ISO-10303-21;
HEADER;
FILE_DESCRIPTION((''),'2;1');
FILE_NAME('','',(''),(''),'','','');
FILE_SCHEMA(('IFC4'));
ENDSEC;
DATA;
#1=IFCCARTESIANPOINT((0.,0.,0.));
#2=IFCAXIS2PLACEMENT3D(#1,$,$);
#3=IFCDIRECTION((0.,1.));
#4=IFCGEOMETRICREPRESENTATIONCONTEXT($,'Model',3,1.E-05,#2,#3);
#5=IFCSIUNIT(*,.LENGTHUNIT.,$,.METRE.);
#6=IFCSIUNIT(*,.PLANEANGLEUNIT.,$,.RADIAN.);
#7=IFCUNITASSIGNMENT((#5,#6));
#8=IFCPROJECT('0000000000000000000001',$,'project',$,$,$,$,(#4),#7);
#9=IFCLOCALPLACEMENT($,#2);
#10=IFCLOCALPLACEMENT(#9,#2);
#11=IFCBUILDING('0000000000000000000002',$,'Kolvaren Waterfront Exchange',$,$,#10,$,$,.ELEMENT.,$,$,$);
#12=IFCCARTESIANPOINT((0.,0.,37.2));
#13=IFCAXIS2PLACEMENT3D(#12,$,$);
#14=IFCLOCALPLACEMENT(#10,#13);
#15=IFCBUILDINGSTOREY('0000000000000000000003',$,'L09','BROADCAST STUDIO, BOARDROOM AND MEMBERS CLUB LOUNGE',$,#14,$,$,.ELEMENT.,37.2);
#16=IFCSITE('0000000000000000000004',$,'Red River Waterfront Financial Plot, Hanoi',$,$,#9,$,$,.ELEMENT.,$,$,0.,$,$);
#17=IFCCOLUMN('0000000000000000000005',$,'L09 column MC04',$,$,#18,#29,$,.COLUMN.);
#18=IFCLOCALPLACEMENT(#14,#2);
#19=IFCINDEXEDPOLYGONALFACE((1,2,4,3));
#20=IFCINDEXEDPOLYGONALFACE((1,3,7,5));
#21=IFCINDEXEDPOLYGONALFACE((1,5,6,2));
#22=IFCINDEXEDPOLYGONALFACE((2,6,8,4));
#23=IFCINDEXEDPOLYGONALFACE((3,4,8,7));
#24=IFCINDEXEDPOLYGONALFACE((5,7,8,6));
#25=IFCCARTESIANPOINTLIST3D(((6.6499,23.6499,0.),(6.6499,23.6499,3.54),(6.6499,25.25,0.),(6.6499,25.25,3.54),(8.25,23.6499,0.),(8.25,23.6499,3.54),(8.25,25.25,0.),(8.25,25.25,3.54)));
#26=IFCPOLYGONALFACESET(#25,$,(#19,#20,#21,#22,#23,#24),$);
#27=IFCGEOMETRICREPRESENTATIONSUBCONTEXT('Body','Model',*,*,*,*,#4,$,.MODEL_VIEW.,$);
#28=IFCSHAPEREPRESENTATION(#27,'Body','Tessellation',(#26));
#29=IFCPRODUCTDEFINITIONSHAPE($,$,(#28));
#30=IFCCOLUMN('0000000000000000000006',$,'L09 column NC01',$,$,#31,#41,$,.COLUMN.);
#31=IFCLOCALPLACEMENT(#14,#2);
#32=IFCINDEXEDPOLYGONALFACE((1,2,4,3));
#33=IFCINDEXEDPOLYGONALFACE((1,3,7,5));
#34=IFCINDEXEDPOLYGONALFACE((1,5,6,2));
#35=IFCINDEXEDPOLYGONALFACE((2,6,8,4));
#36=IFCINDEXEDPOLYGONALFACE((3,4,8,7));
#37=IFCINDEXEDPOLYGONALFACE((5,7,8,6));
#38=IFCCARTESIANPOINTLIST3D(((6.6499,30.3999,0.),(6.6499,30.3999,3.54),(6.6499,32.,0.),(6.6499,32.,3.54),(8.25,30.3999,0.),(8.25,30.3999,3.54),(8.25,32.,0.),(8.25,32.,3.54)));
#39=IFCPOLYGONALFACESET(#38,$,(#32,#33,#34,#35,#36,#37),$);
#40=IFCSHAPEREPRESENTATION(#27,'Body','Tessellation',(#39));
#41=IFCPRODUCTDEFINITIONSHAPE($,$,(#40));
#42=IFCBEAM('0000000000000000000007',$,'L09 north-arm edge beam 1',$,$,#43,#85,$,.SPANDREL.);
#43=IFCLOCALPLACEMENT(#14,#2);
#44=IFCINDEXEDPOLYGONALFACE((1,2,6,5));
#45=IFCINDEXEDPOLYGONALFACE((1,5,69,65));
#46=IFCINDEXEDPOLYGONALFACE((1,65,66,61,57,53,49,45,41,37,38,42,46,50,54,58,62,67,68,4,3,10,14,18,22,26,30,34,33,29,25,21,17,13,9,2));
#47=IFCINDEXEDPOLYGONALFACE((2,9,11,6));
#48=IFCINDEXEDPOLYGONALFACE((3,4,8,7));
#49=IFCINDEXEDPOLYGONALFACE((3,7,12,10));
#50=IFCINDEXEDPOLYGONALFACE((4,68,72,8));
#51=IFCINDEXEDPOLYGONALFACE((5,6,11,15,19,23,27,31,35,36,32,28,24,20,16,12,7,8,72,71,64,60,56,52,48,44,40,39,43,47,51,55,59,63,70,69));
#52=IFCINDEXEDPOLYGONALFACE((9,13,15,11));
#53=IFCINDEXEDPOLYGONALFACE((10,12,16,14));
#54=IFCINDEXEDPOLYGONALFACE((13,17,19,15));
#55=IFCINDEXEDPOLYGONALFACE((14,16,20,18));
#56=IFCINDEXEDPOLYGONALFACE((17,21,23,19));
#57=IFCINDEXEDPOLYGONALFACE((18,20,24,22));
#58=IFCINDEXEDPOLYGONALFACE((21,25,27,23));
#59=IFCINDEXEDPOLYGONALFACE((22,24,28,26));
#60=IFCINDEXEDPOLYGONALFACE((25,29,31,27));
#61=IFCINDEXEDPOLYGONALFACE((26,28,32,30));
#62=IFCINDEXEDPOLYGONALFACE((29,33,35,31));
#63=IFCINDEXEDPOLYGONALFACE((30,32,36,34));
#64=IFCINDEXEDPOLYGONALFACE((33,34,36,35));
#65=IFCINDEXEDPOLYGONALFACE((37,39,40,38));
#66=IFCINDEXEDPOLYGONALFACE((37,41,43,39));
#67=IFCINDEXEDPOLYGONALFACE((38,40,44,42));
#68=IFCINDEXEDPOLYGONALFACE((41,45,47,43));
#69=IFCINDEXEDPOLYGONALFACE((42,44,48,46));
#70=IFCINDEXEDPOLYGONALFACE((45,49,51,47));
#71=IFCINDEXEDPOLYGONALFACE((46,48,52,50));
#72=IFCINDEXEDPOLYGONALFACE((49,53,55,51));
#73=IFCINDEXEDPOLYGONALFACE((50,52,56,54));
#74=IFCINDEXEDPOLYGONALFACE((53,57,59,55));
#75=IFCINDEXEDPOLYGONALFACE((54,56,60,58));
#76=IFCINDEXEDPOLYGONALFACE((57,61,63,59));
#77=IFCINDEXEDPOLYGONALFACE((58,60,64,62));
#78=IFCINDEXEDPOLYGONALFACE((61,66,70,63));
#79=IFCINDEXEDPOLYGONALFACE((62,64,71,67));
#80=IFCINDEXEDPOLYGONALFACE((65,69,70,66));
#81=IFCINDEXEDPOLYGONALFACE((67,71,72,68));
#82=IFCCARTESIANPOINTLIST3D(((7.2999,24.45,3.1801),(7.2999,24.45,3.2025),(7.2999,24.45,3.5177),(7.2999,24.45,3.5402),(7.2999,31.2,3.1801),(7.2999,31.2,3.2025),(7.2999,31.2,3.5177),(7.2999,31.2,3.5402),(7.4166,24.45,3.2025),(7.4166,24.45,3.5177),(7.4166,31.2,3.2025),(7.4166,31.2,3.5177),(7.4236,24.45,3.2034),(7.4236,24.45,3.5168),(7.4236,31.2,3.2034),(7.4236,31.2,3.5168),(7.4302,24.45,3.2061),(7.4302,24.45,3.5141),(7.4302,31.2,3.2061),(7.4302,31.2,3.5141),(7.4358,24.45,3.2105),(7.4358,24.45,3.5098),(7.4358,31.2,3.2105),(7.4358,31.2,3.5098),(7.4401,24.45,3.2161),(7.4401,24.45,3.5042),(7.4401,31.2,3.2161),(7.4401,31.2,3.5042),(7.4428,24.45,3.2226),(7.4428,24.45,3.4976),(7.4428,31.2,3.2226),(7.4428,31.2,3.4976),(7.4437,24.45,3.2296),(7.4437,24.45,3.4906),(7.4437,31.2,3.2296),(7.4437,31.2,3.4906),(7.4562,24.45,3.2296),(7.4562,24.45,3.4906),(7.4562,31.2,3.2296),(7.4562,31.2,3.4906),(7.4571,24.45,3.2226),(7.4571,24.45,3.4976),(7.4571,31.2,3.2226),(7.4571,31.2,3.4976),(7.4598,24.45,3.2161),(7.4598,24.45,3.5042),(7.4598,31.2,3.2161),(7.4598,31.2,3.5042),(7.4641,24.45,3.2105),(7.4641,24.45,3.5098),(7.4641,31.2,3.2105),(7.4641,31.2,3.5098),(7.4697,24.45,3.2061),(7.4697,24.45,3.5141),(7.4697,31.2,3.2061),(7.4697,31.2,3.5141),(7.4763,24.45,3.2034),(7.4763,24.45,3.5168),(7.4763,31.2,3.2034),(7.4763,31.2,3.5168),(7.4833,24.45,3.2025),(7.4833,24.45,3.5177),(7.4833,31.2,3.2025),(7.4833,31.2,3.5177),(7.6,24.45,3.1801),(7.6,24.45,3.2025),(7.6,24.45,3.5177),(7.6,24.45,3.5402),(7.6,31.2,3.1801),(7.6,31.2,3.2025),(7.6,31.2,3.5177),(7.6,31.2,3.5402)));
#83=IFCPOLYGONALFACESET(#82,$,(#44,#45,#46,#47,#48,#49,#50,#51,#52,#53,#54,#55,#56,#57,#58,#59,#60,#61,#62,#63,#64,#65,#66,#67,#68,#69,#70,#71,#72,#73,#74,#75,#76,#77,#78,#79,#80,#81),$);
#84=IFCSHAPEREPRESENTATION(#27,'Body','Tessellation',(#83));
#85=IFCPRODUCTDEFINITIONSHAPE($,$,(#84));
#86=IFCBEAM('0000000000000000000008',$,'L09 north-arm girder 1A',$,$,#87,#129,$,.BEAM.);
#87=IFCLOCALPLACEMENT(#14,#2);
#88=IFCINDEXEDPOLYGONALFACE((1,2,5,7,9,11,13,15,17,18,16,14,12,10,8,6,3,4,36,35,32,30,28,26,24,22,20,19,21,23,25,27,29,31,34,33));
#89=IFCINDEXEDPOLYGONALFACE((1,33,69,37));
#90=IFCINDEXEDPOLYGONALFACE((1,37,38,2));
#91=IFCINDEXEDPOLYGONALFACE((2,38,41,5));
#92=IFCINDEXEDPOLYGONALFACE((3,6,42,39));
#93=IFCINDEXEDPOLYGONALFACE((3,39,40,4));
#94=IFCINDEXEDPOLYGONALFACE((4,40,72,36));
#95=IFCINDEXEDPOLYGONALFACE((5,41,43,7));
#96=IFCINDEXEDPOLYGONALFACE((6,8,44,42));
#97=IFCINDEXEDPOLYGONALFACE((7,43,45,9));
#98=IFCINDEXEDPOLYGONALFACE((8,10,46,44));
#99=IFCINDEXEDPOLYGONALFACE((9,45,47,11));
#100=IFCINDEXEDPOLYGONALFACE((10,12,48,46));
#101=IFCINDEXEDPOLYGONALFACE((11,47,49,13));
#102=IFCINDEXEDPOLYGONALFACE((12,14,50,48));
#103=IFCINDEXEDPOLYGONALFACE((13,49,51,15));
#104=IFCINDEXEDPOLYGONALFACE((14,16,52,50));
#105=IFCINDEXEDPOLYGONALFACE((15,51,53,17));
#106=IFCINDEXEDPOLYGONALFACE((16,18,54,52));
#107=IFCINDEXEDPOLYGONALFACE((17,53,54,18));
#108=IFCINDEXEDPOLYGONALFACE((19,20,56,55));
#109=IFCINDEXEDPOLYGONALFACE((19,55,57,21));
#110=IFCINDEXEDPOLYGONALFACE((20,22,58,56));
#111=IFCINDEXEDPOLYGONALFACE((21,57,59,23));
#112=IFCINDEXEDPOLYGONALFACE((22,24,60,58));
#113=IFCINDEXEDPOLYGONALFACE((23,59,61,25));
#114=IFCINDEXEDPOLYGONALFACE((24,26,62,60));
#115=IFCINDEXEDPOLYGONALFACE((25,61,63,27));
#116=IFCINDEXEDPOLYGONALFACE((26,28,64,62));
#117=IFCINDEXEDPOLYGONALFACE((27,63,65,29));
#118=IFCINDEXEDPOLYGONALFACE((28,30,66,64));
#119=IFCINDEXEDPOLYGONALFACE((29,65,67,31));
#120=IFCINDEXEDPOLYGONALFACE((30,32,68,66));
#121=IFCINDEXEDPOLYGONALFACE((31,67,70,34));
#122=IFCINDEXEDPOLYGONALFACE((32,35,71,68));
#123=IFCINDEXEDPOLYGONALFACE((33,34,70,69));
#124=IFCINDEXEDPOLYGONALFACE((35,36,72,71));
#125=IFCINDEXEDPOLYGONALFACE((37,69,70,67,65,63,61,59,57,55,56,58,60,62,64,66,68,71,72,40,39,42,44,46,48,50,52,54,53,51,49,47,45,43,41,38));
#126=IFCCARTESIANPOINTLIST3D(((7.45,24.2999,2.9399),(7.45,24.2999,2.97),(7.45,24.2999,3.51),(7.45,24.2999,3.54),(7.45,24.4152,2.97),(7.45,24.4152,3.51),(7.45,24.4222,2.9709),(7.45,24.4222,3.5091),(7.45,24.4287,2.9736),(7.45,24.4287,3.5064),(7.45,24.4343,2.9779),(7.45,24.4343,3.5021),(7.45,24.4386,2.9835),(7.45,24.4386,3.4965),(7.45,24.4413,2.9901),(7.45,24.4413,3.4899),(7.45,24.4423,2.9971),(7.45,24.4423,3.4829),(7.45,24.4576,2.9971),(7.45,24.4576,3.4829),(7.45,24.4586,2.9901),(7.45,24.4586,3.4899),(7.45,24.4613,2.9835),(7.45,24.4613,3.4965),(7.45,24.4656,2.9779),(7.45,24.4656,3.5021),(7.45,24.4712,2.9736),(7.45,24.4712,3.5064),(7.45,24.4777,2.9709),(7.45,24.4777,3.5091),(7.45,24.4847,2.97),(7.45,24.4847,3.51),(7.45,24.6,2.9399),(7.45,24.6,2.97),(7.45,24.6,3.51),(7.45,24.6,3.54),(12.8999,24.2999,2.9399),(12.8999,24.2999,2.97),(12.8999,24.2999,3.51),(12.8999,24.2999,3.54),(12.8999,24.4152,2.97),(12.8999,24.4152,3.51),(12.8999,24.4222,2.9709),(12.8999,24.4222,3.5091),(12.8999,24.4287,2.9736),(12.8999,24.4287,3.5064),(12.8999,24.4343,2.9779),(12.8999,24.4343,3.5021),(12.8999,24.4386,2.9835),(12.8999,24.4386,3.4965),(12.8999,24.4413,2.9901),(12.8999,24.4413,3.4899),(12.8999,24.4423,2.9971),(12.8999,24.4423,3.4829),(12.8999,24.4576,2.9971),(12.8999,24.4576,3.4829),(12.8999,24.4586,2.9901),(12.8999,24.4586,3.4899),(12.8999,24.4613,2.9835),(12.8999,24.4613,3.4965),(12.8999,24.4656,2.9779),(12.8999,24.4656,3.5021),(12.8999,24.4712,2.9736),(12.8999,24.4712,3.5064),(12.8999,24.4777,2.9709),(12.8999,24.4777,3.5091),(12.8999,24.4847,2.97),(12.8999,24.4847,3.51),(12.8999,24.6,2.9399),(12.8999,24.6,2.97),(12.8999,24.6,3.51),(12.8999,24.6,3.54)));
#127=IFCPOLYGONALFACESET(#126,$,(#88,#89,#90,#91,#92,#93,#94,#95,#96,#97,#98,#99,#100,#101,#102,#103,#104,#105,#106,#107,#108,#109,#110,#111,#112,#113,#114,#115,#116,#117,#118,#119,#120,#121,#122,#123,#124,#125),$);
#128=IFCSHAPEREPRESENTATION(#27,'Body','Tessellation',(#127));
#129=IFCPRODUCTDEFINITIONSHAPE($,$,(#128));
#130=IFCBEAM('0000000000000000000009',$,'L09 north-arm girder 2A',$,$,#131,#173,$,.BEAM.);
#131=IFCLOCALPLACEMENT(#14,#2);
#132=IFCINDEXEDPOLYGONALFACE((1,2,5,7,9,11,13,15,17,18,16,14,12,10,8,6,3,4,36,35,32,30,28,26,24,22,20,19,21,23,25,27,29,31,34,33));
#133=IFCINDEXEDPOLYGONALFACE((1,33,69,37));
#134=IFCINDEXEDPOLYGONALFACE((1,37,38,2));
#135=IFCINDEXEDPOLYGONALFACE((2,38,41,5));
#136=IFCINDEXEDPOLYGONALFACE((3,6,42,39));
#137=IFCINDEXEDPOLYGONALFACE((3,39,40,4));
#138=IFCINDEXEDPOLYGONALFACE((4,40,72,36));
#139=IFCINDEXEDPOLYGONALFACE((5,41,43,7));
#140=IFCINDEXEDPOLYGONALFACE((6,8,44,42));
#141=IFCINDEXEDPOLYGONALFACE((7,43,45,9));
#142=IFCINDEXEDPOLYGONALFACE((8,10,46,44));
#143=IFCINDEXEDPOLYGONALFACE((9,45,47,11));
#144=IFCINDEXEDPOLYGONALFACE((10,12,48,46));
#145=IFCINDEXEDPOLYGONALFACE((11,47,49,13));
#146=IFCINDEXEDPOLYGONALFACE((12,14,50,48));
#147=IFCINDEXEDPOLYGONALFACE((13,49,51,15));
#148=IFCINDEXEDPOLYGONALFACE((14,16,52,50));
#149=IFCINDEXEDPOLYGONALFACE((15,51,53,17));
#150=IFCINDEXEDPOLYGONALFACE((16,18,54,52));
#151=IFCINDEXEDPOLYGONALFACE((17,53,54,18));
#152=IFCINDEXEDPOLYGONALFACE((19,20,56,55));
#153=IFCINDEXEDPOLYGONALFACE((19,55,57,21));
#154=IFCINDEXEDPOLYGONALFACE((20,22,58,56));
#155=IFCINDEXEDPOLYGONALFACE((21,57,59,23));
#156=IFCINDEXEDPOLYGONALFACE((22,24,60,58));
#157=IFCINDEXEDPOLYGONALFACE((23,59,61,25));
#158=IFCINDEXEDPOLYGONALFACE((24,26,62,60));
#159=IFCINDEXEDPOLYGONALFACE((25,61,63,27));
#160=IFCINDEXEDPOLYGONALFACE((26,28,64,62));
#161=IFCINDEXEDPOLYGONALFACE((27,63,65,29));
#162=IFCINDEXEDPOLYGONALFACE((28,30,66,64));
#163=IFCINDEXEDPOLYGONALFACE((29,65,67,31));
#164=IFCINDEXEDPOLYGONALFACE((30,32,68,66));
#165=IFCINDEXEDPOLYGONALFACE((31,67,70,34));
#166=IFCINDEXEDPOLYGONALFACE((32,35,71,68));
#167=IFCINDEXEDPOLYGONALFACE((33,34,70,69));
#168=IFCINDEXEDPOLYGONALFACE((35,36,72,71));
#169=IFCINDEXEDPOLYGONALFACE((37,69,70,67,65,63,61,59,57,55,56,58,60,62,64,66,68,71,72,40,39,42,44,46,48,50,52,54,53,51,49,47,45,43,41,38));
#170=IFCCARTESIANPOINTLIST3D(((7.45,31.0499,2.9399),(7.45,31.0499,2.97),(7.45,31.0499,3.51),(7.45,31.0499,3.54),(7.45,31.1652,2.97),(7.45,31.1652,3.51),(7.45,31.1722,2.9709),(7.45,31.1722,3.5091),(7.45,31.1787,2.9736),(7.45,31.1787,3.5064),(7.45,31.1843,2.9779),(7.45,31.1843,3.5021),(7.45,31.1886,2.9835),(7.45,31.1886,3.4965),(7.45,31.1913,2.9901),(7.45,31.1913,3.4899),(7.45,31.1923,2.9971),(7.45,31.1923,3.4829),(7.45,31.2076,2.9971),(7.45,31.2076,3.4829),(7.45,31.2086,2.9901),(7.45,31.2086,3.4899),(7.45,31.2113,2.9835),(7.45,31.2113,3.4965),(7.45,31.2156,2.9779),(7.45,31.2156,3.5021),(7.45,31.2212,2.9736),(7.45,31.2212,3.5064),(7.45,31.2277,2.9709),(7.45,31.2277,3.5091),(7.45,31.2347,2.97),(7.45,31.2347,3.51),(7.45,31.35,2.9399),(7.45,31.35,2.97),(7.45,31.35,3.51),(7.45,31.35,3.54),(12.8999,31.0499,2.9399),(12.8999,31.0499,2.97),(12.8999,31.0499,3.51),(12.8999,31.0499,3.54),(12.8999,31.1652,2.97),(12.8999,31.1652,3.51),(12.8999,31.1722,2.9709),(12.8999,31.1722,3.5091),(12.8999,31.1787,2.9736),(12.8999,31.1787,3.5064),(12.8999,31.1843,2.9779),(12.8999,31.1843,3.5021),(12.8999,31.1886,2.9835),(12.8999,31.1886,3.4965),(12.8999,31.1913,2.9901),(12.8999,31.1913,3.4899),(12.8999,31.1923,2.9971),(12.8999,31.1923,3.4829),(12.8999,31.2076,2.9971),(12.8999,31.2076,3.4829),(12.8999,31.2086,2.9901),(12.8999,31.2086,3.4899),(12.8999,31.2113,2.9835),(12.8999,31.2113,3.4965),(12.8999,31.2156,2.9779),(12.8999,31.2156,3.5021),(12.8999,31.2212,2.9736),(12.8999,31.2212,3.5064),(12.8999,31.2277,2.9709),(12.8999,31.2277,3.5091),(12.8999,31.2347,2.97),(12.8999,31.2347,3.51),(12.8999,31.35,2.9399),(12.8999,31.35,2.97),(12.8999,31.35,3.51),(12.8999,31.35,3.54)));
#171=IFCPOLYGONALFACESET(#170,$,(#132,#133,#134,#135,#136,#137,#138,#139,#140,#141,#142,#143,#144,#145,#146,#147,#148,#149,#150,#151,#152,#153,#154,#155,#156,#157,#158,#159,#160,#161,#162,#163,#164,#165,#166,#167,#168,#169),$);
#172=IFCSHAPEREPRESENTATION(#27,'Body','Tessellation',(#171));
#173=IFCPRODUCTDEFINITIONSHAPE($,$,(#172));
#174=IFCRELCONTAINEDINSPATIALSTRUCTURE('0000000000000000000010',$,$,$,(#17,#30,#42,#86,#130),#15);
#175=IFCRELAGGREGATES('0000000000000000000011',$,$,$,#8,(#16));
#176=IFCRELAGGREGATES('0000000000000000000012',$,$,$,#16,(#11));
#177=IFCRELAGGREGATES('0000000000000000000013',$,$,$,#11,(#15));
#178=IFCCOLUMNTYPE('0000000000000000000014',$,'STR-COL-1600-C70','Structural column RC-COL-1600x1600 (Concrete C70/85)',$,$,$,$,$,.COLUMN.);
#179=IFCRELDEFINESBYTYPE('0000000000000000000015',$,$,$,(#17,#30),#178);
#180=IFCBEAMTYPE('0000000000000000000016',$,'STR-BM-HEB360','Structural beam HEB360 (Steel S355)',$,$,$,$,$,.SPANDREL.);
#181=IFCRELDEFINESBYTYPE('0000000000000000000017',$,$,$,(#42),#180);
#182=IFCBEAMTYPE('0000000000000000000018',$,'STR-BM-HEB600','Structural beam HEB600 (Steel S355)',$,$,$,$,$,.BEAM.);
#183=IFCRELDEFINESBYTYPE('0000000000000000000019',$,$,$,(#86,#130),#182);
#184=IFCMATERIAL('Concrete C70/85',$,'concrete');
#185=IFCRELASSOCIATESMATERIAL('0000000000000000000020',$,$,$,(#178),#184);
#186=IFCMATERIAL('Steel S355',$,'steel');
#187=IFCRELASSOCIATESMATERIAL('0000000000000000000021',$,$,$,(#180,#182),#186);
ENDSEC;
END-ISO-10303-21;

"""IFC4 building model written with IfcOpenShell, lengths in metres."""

from ifc_helpers import new_model, si_unit, direction, frame, origin, origin_2d, place, context, subcontext, project, spatial, rectangle, i_section, extrude, material, material_profile, profile_set, type_object, element, save


model = new_model("IFC4")

# Units and contexts
model_context = context("Model", 3, precision=1e-05, world=origin(), true_north=direction((0.0, 1.0)))
body_context = subcontext(model_context, "Body", "Model", "MODEL_VIEW")
ifc_project = project(units=[si_unit("LENGTHUNIT", "METRE"), si_unit("PLANEANGLEUNIT", "RADIAN")], contexts=[model_context])

# Site, building, storey
site_placement = place(None, origin())
site = spatial("IfcSite", under=ifc_project, at=site_placement, Name="Red River Waterfront Financial Plot, Hanoi", CompositionType="ELEMENT", RefElevation=0.0)
building_placement = place(site_placement, origin())
building = spatial("IfcBuilding", under=site, at=building_placement, Name="Kolvaren Waterfront Exchange", CompositionType="ELEMENT")
storey_placement = place(building_placement, frame((0.0, 0.0, 37.2)))
storey = spatial("IfcBuildingStorey", under=building, at=storey_placement, Name="L09", Description="BROADCAST STUDIO, BOARDROOM AND MEMBERS CLUB LOUNGE", CompositionType="ELEMENT", Elevation=37.2)

# Columns
ifc_material_1 = material(Name="Concrete C70/85", Category="concrete")
ifc_material_profile_1 = material_profile(ifc_material_1, rectangle(XDim=1.6001, YDim=1.6001, at=origin_2d()), Name="RC-COL-1600x1600")
ifc_profile_set_1 = profile_set([ifc_material_profile_1], Name="Concrete C70/85")
column_type = type_object("IfcColumnType", Name="STR-COL-1600-C70", Description="Structural column RC-COL-1600x1600 (Concrete C70/85)", PredefinedType="COLUMN", material=ifc_profile_set_1)
for number, where, z_axis, x_axis, name in (
    (1, (7.45, 24.45, 0.0), (0.0, 0.0, 1.0), (1.0, 0.0, 0.0), "L09 column MC04"),
    (2, (7.45, 31.2, 0.0), (0.0, 0.0, 1.0), (1.0, 0.0, 0.0), "L09 column NC01"),
):
    element("IfcColumn", number, at=place(storey_placement, frame(where, z_axis=z_axis, x_axis=x_axis)), inside=storey, type_object=column_type, Name=name, PredefinedType="COLUMN", context=body_context, shape_type="SweptSolid", body=[
        extrude(rectangle(XDim=1.6001, YDim=1.6001, at=origin_2d()), origin(), (0.0, 0.0, 1.0), 3.54),
    ])

# Beams
ifc_material_2 = material(Name="Steel S355", Category="steel")
ifc_material_profile_2 = material_profile(ifc_material_2, i_section(OverallWidth=0.3, OverallDepth=0.3601, WebThickness=0.0125, FlangeThickness=0.0225, FilletRadius=0.0271, at=origin_2d()), Name="HEB360")
ifc_profile_set_2 = profile_set([ifc_material_profile_2], Name="Steel S355")
beam_type_1 = type_object("IfcBeamType", Name="STR-BM-HEB360", Description="Structural beam HEB360 (Steel S355)", PredefinedType="SPANDREL", material=ifc_profile_set_2)
beam_1_placement = place(storey_placement, frame((7.45, 24.45, 3.3601), z_axis=(0.0, 1.0, 0.0), x_axis=(-1.0, 0.0, 0.0)))
element("IfcBeam", 3, at=beam_1_placement, inside=storey, type_object=beam_type_1, Name="L09 north-arm edge beam 1", PredefinedType="SPANDREL", context=body_context, shape_type="SweptSolid", body=[
    extrude(i_section(OverallWidth=0.3, OverallDepth=0.3601, WebThickness=0.0125, FlangeThickness=0.0225, FilletRadius=0.0271, at=origin_2d()), origin(), (0.0, 0.0, 1.0), 6.75),
])
ifc_material_profile_3 = material_profile(ifc_material_2, i_section(OverallWidth=0.3, OverallDepth=0.6001, WebThickness=0.0154, FlangeThickness=0.03, FilletRadius=0.0271, at=origin_2d()), Name="HEB600")
ifc_profile_set_3 = profile_set([ifc_material_profile_3], Name="Steel S355")
beam_type_2 = type_object("IfcBeamType", Name="STR-BM-HEB600", Description="Structural beam HEB600 (Steel S355)", PredefinedType="BEAM", material=ifc_profile_set_3)
for number, where, z_axis, x_axis, name in (
    (4, (7.45, 24.45, 3.24), (1.0, 0.0, 0.0), (0.0, 1.0, 0.0), "L09 north-arm girder 1A"),
    (5, (7.45, 31.2, 3.24), (1.0, 0.0, 0.0), (0.0, 1.0, 0.0), "L09 north-arm girder 2A"),
):
    element("IfcBeam", number, at=place(storey_placement, frame(where, z_axis=z_axis, x_axis=x_axis)), inside=storey, type_object=beam_type_2, Name=name, PredefinedType="BEAM", context=body_context, shape_type="SweptSolid", body=[
        extrude(i_section(OverallWidth=0.3, OverallDepth=0.6001, WebThickness=0.0154, FlangeThickness=0.03, FilletRadius=0.0271, at=origin_2d()), origin(), (0.0, 0.0, 1.0), 5.45),
    ])

save(model, "model.ifc")
